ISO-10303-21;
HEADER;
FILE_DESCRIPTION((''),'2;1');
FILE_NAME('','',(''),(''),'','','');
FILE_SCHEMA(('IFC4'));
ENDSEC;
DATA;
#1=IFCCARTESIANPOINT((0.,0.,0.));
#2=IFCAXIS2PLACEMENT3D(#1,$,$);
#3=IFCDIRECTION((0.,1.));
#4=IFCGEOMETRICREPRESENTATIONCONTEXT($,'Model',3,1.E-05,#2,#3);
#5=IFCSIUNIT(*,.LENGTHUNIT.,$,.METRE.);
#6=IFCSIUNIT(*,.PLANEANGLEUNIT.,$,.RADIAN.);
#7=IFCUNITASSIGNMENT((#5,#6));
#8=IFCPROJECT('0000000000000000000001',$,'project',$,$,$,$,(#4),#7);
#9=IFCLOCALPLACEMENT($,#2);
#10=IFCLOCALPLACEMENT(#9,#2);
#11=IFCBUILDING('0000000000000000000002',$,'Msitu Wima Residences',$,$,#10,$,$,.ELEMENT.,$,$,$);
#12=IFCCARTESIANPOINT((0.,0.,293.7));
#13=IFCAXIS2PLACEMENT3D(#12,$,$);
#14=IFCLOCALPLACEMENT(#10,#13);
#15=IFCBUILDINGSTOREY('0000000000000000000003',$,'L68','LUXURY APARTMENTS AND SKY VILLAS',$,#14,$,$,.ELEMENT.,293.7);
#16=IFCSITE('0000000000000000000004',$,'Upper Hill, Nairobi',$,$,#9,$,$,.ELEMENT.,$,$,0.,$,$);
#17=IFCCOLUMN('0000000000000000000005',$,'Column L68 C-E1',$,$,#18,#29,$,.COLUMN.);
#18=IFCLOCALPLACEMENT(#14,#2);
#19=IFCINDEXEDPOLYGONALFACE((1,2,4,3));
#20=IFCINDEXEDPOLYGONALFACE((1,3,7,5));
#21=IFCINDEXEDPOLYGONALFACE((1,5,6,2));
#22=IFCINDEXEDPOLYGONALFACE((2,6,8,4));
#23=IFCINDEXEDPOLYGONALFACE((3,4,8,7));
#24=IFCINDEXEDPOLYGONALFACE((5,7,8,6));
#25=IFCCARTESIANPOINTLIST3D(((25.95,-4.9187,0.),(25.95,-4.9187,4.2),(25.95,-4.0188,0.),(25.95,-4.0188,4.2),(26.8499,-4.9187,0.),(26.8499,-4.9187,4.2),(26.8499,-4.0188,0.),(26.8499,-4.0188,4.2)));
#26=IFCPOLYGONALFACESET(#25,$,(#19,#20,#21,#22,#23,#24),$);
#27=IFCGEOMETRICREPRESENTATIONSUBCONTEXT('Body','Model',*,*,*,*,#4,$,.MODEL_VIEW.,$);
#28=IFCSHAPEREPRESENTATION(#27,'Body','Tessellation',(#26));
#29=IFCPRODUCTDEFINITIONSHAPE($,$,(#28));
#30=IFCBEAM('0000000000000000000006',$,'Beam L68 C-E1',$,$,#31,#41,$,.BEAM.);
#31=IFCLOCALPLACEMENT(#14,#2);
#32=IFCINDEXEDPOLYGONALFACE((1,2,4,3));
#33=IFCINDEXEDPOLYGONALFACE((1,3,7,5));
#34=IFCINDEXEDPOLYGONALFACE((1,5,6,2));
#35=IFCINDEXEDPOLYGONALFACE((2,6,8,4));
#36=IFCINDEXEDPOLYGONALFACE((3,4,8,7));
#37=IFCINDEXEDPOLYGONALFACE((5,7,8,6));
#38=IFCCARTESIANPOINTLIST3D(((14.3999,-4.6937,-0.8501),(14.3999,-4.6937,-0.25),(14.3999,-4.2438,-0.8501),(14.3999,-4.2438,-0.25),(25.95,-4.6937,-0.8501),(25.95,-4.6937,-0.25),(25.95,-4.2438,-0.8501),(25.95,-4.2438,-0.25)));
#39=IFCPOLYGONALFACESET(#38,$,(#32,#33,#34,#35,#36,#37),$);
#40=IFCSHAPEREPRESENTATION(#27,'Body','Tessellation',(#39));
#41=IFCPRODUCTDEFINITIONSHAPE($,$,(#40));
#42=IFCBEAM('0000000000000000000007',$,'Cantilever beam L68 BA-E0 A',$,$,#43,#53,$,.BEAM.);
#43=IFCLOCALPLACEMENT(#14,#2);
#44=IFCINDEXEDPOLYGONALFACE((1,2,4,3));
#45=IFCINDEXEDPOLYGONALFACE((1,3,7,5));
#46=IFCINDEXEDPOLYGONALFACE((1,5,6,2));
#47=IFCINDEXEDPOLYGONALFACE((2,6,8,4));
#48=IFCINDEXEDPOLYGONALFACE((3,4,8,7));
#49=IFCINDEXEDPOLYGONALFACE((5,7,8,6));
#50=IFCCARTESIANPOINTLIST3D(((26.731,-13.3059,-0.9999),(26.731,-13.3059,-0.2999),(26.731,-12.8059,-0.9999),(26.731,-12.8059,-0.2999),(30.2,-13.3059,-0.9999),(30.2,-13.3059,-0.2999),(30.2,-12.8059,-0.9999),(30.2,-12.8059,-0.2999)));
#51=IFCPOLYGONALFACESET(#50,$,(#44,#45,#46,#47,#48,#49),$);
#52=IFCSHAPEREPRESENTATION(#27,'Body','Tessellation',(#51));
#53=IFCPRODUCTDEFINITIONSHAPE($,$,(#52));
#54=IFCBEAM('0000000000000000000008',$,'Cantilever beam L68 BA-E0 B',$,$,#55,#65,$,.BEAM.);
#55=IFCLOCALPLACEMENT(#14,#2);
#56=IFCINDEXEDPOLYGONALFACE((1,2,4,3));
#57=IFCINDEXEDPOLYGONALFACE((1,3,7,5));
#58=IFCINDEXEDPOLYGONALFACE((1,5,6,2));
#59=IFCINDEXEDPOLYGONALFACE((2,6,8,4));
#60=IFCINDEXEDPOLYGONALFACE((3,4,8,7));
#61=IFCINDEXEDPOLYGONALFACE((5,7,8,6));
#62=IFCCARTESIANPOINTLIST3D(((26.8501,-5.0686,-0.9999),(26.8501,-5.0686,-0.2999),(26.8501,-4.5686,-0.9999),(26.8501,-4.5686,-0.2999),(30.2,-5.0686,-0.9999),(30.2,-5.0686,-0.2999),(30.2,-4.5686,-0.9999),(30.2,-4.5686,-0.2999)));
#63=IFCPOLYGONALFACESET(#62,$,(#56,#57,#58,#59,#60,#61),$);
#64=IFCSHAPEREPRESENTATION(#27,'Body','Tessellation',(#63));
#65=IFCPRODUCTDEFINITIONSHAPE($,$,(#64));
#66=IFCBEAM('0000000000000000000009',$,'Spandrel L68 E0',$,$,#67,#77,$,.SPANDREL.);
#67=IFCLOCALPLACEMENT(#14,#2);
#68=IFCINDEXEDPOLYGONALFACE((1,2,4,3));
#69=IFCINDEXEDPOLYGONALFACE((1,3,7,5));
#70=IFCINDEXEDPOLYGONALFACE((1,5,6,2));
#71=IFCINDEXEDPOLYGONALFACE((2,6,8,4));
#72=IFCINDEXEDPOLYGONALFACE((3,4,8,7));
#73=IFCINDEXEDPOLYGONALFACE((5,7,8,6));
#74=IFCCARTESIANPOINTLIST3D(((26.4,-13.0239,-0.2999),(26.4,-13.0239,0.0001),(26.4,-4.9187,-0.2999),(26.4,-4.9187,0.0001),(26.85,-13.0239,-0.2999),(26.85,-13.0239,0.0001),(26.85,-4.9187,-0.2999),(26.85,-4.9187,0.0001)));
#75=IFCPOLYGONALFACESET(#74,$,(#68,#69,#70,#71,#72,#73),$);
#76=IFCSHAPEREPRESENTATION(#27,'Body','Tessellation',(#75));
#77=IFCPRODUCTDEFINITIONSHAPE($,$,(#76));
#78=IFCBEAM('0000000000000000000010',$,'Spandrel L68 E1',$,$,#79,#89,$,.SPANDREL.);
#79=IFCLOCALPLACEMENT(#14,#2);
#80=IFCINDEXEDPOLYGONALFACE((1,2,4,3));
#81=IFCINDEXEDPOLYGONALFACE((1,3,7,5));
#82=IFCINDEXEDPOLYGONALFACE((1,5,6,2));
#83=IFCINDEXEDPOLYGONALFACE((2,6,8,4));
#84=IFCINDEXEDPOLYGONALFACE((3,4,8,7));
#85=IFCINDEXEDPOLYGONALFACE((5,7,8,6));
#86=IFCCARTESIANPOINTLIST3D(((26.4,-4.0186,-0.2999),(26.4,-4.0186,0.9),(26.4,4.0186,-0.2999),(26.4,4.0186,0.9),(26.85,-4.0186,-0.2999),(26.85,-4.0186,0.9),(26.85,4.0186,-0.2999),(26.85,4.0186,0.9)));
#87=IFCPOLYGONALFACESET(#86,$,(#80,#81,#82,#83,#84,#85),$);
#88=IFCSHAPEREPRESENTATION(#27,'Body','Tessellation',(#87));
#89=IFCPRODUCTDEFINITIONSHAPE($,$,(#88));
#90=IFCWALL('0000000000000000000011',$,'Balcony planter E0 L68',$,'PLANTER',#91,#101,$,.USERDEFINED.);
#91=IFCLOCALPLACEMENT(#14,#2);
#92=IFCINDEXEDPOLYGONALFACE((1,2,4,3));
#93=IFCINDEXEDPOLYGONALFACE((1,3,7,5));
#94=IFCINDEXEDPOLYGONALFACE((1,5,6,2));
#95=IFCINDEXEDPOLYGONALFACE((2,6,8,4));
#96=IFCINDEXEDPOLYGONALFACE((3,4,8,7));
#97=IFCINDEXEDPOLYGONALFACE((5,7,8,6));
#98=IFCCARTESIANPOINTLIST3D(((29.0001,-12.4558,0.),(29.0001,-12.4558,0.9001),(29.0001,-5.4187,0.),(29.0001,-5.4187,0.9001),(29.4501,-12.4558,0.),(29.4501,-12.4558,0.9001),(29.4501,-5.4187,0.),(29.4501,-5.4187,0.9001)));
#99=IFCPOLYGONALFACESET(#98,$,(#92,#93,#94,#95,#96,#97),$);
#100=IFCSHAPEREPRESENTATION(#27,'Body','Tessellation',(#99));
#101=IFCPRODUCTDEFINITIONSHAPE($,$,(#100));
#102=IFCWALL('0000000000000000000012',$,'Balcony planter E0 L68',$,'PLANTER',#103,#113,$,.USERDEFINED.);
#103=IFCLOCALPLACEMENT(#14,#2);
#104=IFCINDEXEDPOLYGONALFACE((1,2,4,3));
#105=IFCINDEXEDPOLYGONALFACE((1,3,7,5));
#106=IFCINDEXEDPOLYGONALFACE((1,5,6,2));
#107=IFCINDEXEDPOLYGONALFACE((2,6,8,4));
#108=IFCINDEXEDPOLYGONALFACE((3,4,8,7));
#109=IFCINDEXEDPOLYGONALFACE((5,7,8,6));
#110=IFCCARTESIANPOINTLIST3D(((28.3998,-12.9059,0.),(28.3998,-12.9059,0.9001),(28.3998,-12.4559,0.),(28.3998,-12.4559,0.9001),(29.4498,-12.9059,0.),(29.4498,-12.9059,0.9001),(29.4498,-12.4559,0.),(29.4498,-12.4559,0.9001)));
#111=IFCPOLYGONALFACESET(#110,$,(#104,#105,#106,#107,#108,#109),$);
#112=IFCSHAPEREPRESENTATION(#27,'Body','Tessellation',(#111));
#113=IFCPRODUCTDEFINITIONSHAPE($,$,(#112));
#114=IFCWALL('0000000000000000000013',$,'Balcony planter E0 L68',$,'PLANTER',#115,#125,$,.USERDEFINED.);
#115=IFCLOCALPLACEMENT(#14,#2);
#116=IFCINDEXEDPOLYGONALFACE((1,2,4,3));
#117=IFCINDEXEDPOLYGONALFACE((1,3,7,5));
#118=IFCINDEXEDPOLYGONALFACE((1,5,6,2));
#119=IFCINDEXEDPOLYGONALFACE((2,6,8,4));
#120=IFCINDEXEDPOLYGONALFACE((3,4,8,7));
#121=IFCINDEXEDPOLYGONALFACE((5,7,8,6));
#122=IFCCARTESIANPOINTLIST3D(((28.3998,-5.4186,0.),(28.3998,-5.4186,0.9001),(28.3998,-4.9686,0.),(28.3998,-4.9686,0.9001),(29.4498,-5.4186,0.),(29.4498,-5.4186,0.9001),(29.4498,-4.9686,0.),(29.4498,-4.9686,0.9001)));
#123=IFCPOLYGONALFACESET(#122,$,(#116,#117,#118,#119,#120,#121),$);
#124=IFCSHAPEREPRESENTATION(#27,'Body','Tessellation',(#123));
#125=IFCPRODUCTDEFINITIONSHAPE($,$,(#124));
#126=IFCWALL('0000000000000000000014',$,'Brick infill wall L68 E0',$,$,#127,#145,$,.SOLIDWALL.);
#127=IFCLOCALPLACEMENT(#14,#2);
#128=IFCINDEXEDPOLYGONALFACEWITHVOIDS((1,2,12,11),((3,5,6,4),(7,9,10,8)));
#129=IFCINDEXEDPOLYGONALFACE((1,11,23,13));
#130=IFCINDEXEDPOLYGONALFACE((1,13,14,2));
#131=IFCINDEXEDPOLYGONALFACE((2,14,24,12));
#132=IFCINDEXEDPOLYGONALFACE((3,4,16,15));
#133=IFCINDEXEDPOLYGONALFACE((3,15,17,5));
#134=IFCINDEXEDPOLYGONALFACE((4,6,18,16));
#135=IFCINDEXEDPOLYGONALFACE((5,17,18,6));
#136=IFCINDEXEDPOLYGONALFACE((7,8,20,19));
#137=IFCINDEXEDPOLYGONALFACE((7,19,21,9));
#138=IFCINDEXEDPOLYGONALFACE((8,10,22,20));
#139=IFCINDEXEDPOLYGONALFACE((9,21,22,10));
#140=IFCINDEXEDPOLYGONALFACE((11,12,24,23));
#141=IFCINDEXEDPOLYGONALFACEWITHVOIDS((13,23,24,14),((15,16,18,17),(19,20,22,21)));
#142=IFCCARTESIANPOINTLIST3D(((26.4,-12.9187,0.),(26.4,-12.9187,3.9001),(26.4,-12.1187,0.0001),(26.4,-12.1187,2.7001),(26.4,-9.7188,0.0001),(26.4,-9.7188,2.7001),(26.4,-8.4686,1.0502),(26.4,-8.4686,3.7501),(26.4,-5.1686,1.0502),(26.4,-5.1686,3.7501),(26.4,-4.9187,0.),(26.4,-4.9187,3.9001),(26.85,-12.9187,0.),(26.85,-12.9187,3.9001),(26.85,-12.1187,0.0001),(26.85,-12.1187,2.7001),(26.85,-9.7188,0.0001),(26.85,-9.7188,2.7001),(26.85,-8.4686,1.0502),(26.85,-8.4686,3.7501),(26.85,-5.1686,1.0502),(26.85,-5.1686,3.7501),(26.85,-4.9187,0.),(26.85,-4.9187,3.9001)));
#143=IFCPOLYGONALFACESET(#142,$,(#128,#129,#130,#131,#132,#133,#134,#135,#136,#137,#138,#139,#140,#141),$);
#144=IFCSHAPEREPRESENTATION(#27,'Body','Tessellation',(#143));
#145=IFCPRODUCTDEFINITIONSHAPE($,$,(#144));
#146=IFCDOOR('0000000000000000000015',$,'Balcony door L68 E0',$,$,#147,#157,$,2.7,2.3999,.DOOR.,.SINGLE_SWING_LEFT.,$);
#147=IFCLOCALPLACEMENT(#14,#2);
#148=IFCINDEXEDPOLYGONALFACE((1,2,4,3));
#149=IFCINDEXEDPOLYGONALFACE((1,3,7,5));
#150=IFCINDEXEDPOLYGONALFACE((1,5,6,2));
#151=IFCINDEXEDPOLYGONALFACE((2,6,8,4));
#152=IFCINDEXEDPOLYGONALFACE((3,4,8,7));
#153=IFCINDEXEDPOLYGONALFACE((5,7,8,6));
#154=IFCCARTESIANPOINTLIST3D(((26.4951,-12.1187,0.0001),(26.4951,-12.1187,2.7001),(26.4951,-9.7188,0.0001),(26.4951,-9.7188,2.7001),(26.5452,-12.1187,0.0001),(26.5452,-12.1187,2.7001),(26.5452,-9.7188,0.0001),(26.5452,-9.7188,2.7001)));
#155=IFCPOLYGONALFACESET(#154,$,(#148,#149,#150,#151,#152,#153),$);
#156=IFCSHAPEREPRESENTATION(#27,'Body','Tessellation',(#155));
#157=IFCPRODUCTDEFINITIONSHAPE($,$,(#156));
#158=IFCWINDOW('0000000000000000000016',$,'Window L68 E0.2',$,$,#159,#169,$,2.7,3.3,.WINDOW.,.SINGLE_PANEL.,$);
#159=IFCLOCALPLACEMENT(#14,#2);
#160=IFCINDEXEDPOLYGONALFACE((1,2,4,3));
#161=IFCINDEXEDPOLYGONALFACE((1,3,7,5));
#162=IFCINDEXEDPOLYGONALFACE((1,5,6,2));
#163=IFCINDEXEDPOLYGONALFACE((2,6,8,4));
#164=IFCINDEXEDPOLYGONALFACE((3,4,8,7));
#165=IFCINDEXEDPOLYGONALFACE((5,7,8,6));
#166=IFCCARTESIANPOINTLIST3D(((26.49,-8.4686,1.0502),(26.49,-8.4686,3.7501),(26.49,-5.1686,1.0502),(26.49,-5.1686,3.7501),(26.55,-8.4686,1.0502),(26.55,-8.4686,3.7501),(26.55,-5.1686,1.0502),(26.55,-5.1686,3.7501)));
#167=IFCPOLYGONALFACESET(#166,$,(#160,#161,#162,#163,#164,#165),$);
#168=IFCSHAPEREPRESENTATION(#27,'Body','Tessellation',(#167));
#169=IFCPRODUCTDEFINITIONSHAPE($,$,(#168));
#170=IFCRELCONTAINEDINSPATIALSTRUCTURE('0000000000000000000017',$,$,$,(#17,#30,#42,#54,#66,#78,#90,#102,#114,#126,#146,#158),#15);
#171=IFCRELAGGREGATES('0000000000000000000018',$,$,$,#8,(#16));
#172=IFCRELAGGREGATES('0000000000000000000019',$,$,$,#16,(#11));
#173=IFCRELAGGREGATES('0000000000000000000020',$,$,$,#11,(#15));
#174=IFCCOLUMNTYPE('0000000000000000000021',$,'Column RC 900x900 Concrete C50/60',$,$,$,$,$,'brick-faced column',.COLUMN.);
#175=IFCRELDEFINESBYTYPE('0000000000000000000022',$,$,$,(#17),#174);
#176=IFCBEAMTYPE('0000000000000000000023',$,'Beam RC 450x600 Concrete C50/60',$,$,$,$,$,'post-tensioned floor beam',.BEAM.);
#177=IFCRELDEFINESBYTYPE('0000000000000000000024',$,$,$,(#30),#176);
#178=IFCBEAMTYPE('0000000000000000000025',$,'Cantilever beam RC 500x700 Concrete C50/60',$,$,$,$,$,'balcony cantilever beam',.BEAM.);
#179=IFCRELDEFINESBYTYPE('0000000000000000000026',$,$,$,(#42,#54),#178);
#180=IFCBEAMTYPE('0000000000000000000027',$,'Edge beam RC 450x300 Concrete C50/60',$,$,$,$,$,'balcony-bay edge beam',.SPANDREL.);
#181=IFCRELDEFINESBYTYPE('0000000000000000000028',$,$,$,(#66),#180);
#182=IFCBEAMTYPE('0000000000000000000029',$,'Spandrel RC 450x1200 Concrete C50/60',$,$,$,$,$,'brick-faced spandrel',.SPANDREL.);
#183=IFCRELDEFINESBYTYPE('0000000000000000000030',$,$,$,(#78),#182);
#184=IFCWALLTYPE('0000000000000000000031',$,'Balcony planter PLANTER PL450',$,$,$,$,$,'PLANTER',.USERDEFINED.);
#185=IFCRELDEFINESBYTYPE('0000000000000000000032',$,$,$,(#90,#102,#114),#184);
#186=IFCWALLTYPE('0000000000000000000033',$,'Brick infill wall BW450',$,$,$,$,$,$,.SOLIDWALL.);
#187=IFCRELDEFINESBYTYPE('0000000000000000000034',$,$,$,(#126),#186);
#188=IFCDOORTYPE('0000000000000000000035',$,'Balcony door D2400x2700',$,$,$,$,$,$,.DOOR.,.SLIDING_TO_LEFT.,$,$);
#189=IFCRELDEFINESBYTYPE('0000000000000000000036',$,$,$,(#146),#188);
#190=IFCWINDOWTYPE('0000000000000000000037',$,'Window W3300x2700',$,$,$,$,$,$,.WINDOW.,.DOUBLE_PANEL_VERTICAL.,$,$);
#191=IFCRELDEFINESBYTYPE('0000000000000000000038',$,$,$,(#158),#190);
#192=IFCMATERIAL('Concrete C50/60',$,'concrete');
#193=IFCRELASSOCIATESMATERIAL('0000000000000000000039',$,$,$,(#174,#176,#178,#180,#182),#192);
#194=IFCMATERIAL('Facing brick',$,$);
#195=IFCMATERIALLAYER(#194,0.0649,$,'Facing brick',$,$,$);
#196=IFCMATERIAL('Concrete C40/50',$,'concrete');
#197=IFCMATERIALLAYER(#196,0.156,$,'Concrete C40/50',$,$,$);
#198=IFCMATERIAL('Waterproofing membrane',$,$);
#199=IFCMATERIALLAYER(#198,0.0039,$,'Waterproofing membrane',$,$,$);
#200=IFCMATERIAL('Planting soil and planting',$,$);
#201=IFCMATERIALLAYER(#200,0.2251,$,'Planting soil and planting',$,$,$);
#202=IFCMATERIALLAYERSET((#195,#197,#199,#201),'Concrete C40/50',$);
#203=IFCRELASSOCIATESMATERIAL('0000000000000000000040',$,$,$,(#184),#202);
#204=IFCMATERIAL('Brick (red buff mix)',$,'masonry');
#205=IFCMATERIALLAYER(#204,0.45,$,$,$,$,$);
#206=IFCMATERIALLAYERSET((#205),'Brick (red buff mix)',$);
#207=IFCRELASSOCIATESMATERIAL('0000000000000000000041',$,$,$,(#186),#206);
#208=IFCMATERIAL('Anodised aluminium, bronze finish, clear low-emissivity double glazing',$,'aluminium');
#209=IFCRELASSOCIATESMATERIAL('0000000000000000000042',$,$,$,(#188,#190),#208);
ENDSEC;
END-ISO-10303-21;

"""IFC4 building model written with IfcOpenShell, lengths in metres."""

from ifc_helpers import new_model, si_unit, direction, frame, frame_2d, origin, origin_2d, place, context, subcontext, project, spatial, rectangle, extrude, material, layer, layer_set, material_profile, profile_set, type_object, element, fill, save


model = new_model("IFC4")

# Units and contexts
model_context = context("Model", 3, precision=1e-05, world=origin(), true_north=direction((0.0, 1.0)))
body_context = subcontext(model_context, "Body", "Model", "MODEL_VIEW")
ifc_project = project(units=[si_unit("LENGTHUNIT", "METRE"), si_unit("PLANEANGLEUNIT", "RADIAN")], contexts=[model_context])

# Site, building, storey
site_placement = place(None, origin())
site = spatial("IfcSite", under=ifc_project, at=site_placement, Name="Upper Hill, Nairobi", CompositionType="ELEMENT", RefElevation=0.0)
building_placement = place(site_placement, origin())
building = spatial("IfcBuilding", under=site, at=building_placement, Name="Msitu Wima Residences", CompositionType="ELEMENT")
storey_placement = place(building_placement, frame((0.0, 0.0, 293.7)))
storey = spatial("IfcBuildingStorey", under=building, at=storey_placement, Name="L68", Description="LUXURY APARTMENTS AND SKY VILLAS", CompositionType="ELEMENT", Elevation=293.7)

# Column
ifc_material_1 = material(Name="Concrete C50/60", Category="concrete")
ifc_material_profile_1 = material_profile(ifc_material_1, rectangle(XDim=0.8999, YDim=0.8999, at=origin_2d()), Name="RC 900x900")
ifc_profile_set_1 = profile_set([ifc_material_profile_1], Name="Concrete C50/60")
column_type = type_object("IfcColumnType", Name="Column RC 900x900 Concrete C50/60", ElementType="brick-faced column", PredefinedType="COLUMN", material=ifc_profile_set_1)
column_placement = place(storey_placement, frame((26.3999, -4.4688, 0.0), z_axis=(0.0, 0.0, 1.0), x_axis=(0.0, 1.0, 0.0)))
element("IfcColumn", 1, at=column_placement, inside=storey, type_object=column_type, Name="Column L68 C-E1", PredefinedType="COLUMN", context=body_context, shape_type="SweptSolid", body=[
    extrude(rectangle(XDim=0.8999, YDim=0.8999, at=origin_2d()), origin(), (0.0, 0.0, 1.0), 4.2),
])

# Beams
ifc_material_profile_2 = material_profile(ifc_material_1, rectangle(XDim=0.45, YDim=0.6001, at=origin_2d()), Name="RC 450x600")
ifc_profile_set_2 = profile_set([ifc_material_profile_2], Name="Concrete C50/60")
beam_type_1 = type_object("IfcBeamType", Name="Beam RC 450x600 Concrete C50/60", ElementType="post-tensioned floor beam", PredefinedType="BEAM", material=ifc_profile_set_2)
beam_1_placement = place(storey_placement, frame((25.95, -4.4688, -0.55), z_axis=(-1.0, 0.0, 0.0), x_axis=(0.0, -1.0, 0.0)))
element("IfcBeam", 2, at=beam_1_placement, inside=storey, type_object=beam_type_1, Name="Beam L68 C-E1", PredefinedType="BEAM", context=body_context, shape_type="SweptSolid", body=[
    extrude(rectangle(XDim=0.45, YDim=0.6001, at=origin_2d()), origin(), (0.0, 0.0, 1.0), 11.55),
])
ifc_material_profile_3 = material_profile(ifc_material_1, rectangle(XDim=0.5, YDim=0.7, at=origin_2d()), Name="RC 500x700")
ifc_profile_set_3 = profile_set([ifc_material_profile_3], Name="Concrete C50/60")
beam_type_2 = type_object("IfcBeamType", Name="Cantilever beam RC 500x700 Concrete C50/60", ElementType="balcony cantilever beam", PredefinedType="BEAM", material=ifc_profile_set_3)
beam_2_placement = place(storey_placement, frame((26.731, -13.0559, -0.6499), z_axis=(1.0, 0.0, 0.0), x_axis=(0.0, 1.0, 0.0)))
element("IfcBeam", 3, at=beam_2_placement, inside=storey, type_object=beam_type_2, Name="Cantilever beam L68 BA-E0 A", PredefinedType="BEAM", context=body_context, shape_type="SweptSolid", body=[
    extrude(rectangle(XDim=0.5, YDim=0.7, at=origin_2d()), origin(), (0.0, 0.0, 1.0), 3.469),
])
beam_3_placement = place(storey_placement, frame((26.8501, -4.8186, -0.6499), z_axis=(1.0, 0.0, 0.0), x_axis=(0.0, 1.0, 0.0)))
element("IfcBeam", 4, at=beam_3_placement, inside=storey, type_object=beam_type_2, Name="Cantilever beam L68 BA-E0 B", PredefinedType="BEAM", context=body_context, shape_type="SweptSolid", body=[
    extrude(rectangle(XDim=0.5, YDim=0.7, at=origin_2d()), origin(), (0.0, 0.0, 1.0), 3.3499),
])
ifc_material_profile_4 = material_profile(ifc_material_1, rectangle(XDim=0.45, YDim=0.3, at=origin_2d()), Name="RC 450x300")
ifc_profile_set_4 = profile_set([ifc_material_profile_4], Name="Concrete C50/60")
beam_type_3 = type_object("IfcBeamType", Name="Edge beam RC 450x300 Concrete C50/60", ElementType="balcony-bay edge beam", PredefinedType="SPANDREL", material=ifc_profile_set_4)
beam_4_placement = place(storey_placement, frame((26.625, -13.0239, -0.1499), z_axis=(0.0, 1.0, 0.0), x_axis=(-1.0, 0.0, 0.0)))
element("IfcBeam", 5, at=beam_4_placement, inside=storey, type_object=beam_type_3, Name="Spandrel L68 E0", PredefinedType="SPANDREL", context=body_context, shape_type="SweptSolid", body=[
    extrude(rectangle(XDim=0.45, YDim=0.3, at=origin_2d()), origin(), (0.0, 0.0, 1.0), 8.1052),
])
ifc_material_profile_5 = material_profile(ifc_material_1, rectangle(XDim=0.45, YDim=1.2, at=origin_2d()), Name="RC 450x1200")
ifc_profile_set_5 = profile_set([ifc_material_profile_5], Name="Concrete C50/60")
beam_type_4 = type_object("IfcBeamType", Name="Spandrel RC 450x1200 Concrete C50/60", ElementType="brick-faced spandrel", PredefinedType="SPANDREL", material=ifc_profile_set_5)
beam_5_placement = place(storey_placement, frame((26.625, -4.0186, 0.3), z_axis=(0.0, 1.0, 0.0), x_axis=(-1.0, 0.0, 0.0)))
element("IfcBeam", 6, at=beam_5_placement, inside=storey, type_object=beam_type_4, Name="Spandrel L68 E1", PredefinedType="SPANDREL", context=body_context, shape_type="SweptSolid", body=[
    extrude(rectangle(XDim=0.45, YDim=1.2, at=origin_2d()), origin(), (0.0, 0.0, 1.0), 8.0371),
])

# Walls
ifc_material_2 = material(Name="Facing brick")
ifc_layer_1 = layer(ifc_material_2, 0.0649, Name="Facing brick")
ifc_material_3 = material(Name="Concrete C40/50", Category="concrete")
ifc_layer_2 = layer(ifc_material_3, 0.156, Name="Concrete C40/50")
ifc_material_4 = material(Name="Waterproofing membrane")
ifc_layer_3 = layer(ifc_material_4, 0.0039, Name="Waterproofing membrane")
ifc_material_5 = material(Name="Planting soil and planting")
ifc_layer_4 = layer(ifc_material_5, 0.2251, Name="Planting soil and planting")
ifc_layer_set_1 = layer_set([ifc_layer_1, ifc_layer_2, ifc_layer_3, ifc_layer_4], Name="Concrete C40/50")
wall_type_1 = type_object("IfcWallType", Name="Balcony planter PLANTER PL450", ElementType="PLANTER", PredefinedType="USERDEFINED", material=ifc_layer_set_1)
wall_1_placement = place(storey_placement, frame((29.2251, -12.4558, 0.0), z_axis=(0.0, 0.0, 1.0), x_axis=(0.0, 1.0, 0.0)))
element("IfcWall", 7, at=wall_1_placement, inside=storey, type_object=wall_type_1, Name="Balcony planter E0 L68", ObjectType="PLANTER", PredefinedType="USERDEFINED", context=body_context, shape_type="SweptSolid", body=[
    extrude(rectangle(XDim=7.0371, YDim=0.45, at=frame_2d((3.5186, 0.0))), origin(), (0.0, 0.0, 1.0), 0.9001),
])
for number, where, z_axis, x_axis, name in (
    (8, (28.3999, -12.6809, 0.0), (0.0, 0.0, 1.0), (1.0, 0.0, 0.0), "Balcony planter E0 L68"),
    (9, (28.3999, -5.1936, 0.0), (0.0, 0.0, 1.0), (1.0, 0.0, 0.0), "Balcony planter E0 L68"),
):
    element("IfcWall", number, at=place(storey_placement, frame(where, z_axis=z_axis, x_axis=x_axis)), inside=storey, type_object=wall_type_1, Name=name, ObjectType="PLANTER", PredefinedType="USERDEFINED", context=body_context, shape_type="SweptSolid", body=[
        extrude(rectangle(XDim=1.05, YDim=0.45, at=frame_2d((0.5249, 0.0))), origin(), (0.0, 0.0, 1.0), 0.9001),
    ])

# Wall, openings, door, window
ifc_material_6 = material(Name="Brick (red buff mix)", Category="masonry")
ifc_layer_5 = layer(ifc_material_6, 0.45)
ifc_layer_set_2 = layer_set([ifc_layer_5], Name="Brick (red buff mix)")
wall_type_2 = type_object("IfcWallType", Name="Brick infill wall BW450", PredefinedType="SOLIDWALL", material=ifc_layer_set_2)
wall_2_placement = place(storey_placement, frame((26.625, -12.9187, 0.0), z_axis=(0.0, 0.0, 1.0), x_axis=(0.0, 1.0, 0.0)))
wall_2 = element("IfcWall", 10, at=wall_2_placement, inside=storey, type_object=wall_type_2, Name="Brick infill wall L68 E0", PredefinedType="SOLIDWALL", context=body_context, shape_type="SweptSolid", body=[
    extrude(rectangle(XDim=8.0, YDim=0.45, at=frame_2d((4.0, 0.0))), origin(), (0.0, 0.0, 1.0), 3.9001),
])
opening_1_placement = place(wall_2_placement, frame((0.8, 0.0, 0.0)))
opening_1 = element("IfcOpeningElement", 11, at=opening_1_placement, cuts=wall_2, PredefinedType="OPENING", context=body_context, shape_type="SweptSolid", body=[
    extrude(rectangle(XDim=2.3999, YDim=2.7, at=frame_2d((1.2, 1.3501))), frame((0.0, 0.2349, 0.0), z_axis=(0.0, -1.0, 0.0), x_axis=(1.0, 0.0, 0.0)), (0.0, 0.0, 1.0), 0.47),
])
opening_2_placement = place(wall_2_placement, frame((4.4502, 0.0, 1.05)))
opening_2 = element("IfcOpeningElement", 12, at=opening_2_placement, cuts=wall_2, PredefinedType="OPENING", context=body_context, shape_type="SweptSolid", body=[
    extrude(rectangle(XDim=3.3, YDim=2.7, at=frame_2d((1.6499, 1.3501))), frame((0.0, 0.2349, 0.0), z_axis=(0.0, -1.0, 0.0), x_axis=(1.0, 0.0, 0.0)), (0.0, 0.0, 1.0), 0.47),
])
ifc_material_7 = material(Name="Anodised aluminium, bronze finish, clear low-emissivity double glazing", Category="aluminium")
door_type_1 = type_object("IfcDoorType", Name="Balcony door D2400x2700", OperationType="SLIDING_TO_LEFT", PredefinedType="DOOR", material=ifc_material_7)
door_1_placement = place(opening_1_placement, origin())
door_1 = element("IfcDoor", 13, at=door_1_placement, inside=storey, type_object=door_type_1, Name="Balcony door L68 E0", OperationType="SINGLE_SWING_LEFT", OverallHeight=2.7, OverallWidth=2.3999, PredefinedType="DOOR", context=body_context, shape_type="SweptSolid", body=[
    extrude(rectangle(XDim=2.3999, YDim=2.7, at=frame_2d((1.2, 1.3501))), frame((0.0, 0.1299, 0.0), z_axis=(0.0, -1.0, 0.0), x_axis=(1.0, 0.0, 0.0)), (0.0, 0.0, 1.0), 0.05),
])
fill(opening_1, door_1)
window_type = type_object("IfcWindowType", Name="Window W3300x2700", PartitioningType="DOUBLE_PANEL_VERTICAL", PredefinedType="WINDOW", material=ifc_material_7)
window_1_placement = place(opening_2_placement, origin())
window_1 = element("IfcWindow", 14, at=window_1_placement, inside=storey, type_object=window_type, Name="Window L68 E0.2", OverallHeight=2.7, OverallWidth=3.3, PartitioningType="SINGLE_PANEL", PredefinedType="WINDOW", context=body_context, shape_type="SweptSolid", body=[
    extrude(rectangle(XDim=3.3, YDim=2.7, at=frame_2d((1.6499, 1.3501))), frame((0.0, 0.135, 0.0), z_axis=(0.0, -1.0, 0.0), x_axis=(1.0, 0.0, 0.0)), (0.0, 0.0, 1.0), 0.0601),
])
fill(opening_2, window_1)

save(model, "model.ifc")
